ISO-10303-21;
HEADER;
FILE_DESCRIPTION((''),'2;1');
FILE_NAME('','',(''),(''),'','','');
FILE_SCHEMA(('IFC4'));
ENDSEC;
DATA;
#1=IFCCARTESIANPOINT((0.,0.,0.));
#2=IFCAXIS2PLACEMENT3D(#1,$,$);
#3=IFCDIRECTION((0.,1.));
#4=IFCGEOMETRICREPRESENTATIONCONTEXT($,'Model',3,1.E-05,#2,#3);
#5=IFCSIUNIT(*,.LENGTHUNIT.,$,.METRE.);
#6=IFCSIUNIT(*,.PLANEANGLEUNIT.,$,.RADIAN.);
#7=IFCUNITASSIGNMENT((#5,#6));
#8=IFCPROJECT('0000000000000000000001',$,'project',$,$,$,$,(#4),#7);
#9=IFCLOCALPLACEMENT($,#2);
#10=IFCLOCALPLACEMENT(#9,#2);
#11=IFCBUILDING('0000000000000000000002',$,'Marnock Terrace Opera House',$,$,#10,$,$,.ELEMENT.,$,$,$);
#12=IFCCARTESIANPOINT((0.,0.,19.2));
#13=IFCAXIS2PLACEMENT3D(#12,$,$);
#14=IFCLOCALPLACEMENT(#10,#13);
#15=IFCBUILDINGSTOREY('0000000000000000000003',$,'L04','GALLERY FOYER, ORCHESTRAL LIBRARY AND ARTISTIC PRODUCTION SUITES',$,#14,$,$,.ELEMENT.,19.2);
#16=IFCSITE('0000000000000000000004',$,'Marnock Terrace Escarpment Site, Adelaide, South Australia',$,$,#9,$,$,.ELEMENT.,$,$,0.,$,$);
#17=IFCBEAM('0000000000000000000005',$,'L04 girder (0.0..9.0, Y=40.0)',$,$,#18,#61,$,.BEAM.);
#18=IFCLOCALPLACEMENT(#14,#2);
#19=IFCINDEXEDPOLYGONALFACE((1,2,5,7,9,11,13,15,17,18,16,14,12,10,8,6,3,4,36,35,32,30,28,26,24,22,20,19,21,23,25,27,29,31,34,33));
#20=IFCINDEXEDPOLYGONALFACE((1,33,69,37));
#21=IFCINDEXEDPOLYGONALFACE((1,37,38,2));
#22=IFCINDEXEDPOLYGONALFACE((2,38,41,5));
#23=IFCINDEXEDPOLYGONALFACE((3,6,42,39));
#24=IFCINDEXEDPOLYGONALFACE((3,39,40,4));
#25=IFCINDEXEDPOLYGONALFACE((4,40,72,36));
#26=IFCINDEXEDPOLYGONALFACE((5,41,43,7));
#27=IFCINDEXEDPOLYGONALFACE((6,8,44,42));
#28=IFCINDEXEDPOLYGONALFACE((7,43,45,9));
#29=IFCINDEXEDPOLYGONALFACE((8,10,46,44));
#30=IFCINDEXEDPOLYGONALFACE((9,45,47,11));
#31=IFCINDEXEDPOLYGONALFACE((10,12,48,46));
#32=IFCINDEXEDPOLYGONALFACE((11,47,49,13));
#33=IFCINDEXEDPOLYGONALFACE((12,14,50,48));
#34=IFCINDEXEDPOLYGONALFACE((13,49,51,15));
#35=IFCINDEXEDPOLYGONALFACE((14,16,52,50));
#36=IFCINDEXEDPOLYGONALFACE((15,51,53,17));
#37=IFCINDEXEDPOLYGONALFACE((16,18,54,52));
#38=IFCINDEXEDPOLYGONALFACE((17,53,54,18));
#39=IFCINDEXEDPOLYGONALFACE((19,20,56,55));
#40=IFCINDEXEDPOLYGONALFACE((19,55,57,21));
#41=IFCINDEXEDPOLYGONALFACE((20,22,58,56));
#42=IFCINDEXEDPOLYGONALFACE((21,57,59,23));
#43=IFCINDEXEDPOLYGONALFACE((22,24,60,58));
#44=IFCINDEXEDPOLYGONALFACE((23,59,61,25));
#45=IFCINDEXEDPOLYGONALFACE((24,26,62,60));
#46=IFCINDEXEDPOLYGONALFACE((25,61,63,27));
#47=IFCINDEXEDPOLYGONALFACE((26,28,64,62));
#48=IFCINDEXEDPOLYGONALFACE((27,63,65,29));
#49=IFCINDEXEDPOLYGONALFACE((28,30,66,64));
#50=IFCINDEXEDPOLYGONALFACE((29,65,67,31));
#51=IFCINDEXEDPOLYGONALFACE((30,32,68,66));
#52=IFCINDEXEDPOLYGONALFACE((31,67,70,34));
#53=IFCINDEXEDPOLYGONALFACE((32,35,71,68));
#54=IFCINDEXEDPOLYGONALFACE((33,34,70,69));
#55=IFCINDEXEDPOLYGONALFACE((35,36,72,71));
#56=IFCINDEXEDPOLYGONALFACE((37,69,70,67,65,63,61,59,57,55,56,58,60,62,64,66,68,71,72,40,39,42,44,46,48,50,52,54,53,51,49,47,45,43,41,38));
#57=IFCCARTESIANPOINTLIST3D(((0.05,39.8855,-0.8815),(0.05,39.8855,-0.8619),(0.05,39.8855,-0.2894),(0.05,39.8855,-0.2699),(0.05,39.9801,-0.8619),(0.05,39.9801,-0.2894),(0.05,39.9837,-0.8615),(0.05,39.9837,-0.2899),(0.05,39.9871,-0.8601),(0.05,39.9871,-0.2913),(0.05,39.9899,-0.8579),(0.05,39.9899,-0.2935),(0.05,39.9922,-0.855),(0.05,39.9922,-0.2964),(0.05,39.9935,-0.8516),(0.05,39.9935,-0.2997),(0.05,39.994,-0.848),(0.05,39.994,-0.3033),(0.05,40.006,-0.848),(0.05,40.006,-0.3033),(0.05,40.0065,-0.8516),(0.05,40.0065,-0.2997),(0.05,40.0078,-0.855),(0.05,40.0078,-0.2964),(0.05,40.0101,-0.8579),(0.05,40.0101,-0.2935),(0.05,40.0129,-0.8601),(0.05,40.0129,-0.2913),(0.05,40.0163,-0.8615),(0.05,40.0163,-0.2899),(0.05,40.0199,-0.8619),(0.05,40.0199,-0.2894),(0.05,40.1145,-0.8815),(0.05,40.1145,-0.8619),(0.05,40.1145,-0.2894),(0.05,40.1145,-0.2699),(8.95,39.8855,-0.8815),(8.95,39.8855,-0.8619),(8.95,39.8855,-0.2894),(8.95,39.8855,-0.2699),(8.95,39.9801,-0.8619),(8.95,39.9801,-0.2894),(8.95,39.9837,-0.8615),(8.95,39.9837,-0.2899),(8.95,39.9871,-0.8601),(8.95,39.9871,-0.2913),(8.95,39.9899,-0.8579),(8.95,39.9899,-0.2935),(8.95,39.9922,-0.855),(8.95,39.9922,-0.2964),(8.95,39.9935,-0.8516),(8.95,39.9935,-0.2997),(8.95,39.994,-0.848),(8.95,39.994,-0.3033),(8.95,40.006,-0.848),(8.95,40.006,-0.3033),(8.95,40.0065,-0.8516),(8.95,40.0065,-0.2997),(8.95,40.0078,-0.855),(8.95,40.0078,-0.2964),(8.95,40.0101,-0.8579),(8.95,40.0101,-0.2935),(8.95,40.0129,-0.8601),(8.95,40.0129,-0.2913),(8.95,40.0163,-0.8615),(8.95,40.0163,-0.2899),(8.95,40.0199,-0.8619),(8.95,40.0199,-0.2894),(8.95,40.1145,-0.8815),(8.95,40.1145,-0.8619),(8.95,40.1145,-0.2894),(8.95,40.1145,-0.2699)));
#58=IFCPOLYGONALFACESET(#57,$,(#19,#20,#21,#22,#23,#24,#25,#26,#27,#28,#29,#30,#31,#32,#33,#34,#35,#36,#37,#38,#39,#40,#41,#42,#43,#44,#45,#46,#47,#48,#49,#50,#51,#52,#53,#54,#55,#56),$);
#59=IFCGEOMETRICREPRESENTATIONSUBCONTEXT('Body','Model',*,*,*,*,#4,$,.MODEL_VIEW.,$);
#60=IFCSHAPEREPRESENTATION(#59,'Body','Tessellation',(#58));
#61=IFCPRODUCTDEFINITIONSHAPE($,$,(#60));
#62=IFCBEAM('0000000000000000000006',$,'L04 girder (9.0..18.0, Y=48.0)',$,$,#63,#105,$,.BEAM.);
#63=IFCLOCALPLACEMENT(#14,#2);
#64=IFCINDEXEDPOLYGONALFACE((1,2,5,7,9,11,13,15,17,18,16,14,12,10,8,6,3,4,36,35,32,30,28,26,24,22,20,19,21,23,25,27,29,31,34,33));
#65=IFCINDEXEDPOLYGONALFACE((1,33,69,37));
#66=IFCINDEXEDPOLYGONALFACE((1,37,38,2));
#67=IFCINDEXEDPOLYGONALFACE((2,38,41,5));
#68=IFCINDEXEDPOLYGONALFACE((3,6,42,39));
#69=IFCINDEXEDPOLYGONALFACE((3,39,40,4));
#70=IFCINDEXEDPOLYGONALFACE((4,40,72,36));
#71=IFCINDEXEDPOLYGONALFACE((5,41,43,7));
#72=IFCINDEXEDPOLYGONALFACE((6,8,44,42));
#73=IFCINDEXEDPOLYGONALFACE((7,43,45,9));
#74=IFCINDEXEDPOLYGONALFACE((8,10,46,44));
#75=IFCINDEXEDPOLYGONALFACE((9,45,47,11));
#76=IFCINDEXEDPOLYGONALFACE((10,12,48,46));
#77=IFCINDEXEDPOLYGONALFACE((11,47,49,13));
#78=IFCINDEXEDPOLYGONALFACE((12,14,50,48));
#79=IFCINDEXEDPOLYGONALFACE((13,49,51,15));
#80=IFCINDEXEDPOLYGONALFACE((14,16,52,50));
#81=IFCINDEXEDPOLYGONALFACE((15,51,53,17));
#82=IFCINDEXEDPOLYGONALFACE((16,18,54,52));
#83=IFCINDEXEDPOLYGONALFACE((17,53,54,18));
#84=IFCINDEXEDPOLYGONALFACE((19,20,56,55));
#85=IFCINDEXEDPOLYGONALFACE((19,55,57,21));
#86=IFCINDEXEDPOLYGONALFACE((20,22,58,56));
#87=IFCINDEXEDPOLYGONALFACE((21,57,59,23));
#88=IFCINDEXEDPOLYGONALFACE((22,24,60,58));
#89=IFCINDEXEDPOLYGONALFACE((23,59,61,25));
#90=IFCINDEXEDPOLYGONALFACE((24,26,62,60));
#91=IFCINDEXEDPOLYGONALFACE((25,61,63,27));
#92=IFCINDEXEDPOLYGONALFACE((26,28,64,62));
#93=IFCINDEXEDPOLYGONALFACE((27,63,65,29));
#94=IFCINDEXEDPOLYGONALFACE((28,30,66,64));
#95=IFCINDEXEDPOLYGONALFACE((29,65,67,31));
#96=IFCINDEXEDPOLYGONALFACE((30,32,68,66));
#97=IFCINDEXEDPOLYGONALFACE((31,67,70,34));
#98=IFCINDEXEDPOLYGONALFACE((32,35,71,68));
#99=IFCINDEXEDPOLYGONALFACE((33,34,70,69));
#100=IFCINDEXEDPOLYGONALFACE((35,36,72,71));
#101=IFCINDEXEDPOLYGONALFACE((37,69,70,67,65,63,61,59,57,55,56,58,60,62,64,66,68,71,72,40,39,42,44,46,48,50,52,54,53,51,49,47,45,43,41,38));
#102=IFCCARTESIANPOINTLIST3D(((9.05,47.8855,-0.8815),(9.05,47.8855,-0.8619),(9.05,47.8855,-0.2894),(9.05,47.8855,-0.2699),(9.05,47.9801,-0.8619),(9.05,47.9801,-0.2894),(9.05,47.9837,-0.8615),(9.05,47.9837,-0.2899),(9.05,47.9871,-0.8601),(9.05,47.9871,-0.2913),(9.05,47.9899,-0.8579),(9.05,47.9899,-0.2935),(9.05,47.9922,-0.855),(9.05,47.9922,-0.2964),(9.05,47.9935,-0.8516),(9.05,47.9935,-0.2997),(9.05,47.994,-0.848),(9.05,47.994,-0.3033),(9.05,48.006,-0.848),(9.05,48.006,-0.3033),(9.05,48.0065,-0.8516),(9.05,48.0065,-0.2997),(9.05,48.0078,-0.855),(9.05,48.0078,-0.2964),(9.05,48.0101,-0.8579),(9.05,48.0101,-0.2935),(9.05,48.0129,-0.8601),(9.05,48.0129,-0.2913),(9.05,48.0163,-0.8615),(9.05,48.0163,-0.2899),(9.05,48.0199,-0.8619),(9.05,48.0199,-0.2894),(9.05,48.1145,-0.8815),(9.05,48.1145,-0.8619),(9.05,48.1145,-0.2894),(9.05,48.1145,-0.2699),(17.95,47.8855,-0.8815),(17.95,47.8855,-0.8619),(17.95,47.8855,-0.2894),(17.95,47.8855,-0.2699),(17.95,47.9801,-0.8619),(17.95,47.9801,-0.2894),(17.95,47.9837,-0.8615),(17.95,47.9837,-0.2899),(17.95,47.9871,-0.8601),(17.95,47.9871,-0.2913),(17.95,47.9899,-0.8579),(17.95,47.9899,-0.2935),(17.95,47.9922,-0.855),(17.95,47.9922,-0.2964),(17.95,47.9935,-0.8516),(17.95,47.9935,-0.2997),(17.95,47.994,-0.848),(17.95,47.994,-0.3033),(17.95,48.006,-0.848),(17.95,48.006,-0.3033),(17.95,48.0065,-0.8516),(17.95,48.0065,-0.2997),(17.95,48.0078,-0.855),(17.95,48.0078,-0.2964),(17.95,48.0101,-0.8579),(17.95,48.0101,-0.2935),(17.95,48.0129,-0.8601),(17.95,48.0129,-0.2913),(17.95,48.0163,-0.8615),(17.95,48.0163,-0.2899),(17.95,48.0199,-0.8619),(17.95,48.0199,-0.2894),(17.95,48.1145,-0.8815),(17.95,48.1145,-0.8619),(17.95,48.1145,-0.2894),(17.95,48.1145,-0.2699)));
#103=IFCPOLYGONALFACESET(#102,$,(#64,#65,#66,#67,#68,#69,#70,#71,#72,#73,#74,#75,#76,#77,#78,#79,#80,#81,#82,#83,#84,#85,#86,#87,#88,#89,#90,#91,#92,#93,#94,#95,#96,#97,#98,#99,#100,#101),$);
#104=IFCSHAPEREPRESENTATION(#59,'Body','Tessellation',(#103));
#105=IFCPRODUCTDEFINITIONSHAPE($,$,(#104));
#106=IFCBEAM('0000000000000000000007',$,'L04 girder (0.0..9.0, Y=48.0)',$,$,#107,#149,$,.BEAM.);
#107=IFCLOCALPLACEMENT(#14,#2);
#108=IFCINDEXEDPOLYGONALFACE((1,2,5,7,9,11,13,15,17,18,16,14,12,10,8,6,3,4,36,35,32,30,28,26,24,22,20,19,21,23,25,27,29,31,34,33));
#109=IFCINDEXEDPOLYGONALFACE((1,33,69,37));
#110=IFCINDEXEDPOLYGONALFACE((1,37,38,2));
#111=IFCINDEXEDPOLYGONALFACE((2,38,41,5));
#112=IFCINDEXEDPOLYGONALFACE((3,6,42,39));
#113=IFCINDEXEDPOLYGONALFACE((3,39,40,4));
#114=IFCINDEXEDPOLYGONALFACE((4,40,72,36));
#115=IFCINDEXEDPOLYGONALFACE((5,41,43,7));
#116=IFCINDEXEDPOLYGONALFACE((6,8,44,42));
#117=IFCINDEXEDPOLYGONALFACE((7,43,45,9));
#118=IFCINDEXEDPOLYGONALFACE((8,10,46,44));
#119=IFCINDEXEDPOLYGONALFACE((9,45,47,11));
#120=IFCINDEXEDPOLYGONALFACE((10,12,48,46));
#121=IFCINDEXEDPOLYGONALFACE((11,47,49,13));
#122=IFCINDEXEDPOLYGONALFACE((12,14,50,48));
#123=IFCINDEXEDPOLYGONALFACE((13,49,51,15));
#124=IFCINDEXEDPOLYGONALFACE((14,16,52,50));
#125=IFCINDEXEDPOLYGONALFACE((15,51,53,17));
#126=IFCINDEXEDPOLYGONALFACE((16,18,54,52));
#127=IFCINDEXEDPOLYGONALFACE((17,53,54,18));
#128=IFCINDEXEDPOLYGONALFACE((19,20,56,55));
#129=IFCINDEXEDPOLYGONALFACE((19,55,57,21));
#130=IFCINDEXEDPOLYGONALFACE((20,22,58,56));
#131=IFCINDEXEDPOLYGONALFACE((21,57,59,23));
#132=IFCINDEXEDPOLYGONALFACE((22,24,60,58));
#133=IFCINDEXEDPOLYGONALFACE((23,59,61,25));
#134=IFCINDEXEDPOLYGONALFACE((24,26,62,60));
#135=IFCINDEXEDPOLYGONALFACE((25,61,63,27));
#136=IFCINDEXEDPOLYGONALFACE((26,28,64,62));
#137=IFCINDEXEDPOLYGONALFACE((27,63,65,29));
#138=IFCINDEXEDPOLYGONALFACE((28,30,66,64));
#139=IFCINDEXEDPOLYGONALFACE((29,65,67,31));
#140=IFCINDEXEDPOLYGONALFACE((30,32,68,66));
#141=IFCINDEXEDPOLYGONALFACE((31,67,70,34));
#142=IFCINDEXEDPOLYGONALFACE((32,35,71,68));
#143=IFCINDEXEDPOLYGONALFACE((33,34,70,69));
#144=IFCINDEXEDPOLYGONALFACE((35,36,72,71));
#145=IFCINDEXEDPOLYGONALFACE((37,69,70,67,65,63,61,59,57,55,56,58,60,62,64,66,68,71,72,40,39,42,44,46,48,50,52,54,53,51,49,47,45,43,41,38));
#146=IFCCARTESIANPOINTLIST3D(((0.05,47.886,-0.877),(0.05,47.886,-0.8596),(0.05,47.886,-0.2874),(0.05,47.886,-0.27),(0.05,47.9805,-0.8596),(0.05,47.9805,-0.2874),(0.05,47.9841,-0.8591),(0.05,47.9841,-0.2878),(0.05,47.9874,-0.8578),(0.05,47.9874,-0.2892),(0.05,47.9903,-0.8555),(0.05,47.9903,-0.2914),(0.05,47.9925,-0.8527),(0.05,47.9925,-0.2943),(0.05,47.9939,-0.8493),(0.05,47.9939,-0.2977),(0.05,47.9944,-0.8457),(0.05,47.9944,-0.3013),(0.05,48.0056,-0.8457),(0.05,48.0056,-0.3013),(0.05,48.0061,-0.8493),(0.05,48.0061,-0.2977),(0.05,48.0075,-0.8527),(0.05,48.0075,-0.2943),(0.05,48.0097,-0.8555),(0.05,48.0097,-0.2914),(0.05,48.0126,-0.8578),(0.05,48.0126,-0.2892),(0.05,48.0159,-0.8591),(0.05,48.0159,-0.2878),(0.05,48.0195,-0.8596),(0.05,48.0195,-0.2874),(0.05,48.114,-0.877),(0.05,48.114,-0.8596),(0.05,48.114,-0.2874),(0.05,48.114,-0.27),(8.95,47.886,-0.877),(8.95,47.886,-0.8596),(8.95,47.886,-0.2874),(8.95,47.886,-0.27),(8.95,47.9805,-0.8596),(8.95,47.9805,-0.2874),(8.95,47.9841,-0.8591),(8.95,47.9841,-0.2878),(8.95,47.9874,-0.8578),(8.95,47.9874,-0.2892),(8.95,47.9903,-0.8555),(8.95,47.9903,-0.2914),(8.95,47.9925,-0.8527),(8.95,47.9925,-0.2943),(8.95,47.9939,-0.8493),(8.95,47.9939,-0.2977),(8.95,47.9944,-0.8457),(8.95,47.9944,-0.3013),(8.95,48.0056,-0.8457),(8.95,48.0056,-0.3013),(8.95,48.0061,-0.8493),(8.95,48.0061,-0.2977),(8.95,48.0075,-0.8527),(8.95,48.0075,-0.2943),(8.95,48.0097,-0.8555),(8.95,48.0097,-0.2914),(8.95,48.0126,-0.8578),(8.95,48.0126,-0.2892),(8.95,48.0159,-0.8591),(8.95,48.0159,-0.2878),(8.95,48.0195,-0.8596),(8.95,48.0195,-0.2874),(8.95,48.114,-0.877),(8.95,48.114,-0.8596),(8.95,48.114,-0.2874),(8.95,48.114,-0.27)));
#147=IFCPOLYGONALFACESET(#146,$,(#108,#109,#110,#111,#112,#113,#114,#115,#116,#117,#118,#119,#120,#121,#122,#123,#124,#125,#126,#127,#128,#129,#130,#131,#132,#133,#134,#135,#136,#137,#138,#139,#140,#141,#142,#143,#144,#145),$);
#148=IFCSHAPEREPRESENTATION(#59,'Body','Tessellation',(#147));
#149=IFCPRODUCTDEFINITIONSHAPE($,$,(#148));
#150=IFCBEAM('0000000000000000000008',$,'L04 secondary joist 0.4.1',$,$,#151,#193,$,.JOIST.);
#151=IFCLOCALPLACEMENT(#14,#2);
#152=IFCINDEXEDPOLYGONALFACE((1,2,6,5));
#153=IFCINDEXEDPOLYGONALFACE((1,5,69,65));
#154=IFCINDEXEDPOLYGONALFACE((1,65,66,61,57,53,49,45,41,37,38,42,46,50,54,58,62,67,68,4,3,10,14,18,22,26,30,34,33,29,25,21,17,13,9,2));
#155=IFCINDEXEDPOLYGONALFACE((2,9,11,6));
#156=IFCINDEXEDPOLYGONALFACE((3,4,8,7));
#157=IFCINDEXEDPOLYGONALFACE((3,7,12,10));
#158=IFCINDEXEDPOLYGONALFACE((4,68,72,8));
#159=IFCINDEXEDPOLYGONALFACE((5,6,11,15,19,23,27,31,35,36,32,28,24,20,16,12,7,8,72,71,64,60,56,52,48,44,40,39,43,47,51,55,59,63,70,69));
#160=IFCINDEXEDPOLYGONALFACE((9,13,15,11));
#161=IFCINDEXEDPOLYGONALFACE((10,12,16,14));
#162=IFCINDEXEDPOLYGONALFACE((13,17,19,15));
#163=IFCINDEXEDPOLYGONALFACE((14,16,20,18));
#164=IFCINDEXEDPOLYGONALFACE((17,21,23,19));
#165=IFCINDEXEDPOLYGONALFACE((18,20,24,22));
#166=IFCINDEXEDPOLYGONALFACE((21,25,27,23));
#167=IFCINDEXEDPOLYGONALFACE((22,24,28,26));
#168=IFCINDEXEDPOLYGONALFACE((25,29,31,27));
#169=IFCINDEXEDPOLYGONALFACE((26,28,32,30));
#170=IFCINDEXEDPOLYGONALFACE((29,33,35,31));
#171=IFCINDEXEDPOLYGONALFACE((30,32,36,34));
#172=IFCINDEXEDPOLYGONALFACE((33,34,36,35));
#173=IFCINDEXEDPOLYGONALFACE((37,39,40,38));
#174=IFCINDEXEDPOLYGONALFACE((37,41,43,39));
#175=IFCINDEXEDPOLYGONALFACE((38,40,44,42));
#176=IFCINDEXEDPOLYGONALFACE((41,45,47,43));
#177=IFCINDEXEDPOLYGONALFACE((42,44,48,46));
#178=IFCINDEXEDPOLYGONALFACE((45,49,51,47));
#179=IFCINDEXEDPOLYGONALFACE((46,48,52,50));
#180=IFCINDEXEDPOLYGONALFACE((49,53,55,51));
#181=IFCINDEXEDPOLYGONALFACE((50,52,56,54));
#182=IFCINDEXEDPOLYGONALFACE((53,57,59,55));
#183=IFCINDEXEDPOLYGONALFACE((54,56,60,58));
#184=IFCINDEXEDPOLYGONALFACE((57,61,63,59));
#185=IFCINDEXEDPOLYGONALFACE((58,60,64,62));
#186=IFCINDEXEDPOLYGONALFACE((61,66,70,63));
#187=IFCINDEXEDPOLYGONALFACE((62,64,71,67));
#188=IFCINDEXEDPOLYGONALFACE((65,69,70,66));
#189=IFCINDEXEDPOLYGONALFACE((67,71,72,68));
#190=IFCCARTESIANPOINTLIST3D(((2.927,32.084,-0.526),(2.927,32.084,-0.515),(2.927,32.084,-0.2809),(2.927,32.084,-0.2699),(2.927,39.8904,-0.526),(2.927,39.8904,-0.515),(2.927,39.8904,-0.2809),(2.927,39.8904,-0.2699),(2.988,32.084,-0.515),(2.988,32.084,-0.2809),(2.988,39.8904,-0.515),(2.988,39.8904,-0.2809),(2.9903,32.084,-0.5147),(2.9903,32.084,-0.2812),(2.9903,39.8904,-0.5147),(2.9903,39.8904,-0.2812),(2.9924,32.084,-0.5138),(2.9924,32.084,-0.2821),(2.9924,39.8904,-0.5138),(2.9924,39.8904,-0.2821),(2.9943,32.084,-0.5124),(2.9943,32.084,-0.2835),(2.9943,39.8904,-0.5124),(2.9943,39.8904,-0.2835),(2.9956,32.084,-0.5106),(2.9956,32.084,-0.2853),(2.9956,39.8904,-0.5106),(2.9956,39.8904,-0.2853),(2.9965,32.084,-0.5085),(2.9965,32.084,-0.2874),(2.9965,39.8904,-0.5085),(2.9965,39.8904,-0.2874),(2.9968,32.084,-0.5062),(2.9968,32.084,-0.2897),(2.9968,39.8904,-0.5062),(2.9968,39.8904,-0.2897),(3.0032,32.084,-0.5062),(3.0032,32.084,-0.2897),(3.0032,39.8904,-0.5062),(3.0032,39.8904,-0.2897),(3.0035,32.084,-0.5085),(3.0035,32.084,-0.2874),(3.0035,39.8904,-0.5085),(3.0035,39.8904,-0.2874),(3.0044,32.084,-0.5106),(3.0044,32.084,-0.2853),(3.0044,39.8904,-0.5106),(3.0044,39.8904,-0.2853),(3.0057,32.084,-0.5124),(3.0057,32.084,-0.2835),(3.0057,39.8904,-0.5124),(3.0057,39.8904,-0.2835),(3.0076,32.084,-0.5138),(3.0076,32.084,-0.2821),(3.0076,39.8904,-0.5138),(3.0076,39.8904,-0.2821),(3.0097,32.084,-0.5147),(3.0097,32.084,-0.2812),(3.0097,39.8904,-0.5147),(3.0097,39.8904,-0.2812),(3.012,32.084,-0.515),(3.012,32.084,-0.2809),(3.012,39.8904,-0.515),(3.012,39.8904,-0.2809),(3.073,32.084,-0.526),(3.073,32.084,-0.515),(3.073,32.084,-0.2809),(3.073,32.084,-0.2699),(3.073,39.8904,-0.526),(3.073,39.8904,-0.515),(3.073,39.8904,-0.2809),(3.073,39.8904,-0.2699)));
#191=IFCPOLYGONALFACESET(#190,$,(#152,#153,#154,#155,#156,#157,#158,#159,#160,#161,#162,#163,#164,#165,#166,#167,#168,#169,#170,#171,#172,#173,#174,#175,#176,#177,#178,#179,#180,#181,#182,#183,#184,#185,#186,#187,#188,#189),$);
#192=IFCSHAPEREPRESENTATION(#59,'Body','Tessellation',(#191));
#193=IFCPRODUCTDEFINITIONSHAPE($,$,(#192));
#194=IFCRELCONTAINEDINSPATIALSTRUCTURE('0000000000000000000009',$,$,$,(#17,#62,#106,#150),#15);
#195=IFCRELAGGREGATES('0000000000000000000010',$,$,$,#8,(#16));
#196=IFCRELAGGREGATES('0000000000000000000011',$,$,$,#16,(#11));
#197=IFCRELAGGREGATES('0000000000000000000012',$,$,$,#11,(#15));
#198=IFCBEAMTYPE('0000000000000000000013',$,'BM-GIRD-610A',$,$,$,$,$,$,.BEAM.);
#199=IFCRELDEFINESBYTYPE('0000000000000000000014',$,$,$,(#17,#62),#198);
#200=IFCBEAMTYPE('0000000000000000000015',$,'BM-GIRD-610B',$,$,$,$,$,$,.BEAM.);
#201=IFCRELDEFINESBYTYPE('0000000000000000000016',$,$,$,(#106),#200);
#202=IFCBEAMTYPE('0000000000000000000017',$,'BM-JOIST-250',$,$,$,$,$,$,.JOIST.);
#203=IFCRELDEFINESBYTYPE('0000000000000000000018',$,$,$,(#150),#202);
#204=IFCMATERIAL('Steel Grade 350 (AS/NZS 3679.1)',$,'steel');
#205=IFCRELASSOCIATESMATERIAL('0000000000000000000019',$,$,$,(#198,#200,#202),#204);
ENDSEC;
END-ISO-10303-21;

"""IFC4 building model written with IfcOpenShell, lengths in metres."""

from ifc_helpers import new_model, si_unit, direction, frame, origin, origin_2d, place, context, subcontext, project, spatial, i_section, extrude, material, material_profile, profile_set, type_object, element, save


model = new_model("IFC4")

# Units and contexts
model_context = context("Model", 3, precision=1e-05, world=origin(), true_north=direction((0.0, 1.0)))
body_context = subcontext(model_context, "Body", "Model", "MODEL_VIEW")
ifc_project = project(units=[si_unit("LENGTHUNIT", "METRE"), si_unit("PLANEANGLEUNIT", "RADIAN")], contexts=[model_context])

# Site, building, storey
site_placement = place(None, origin())
site = spatial("IfcSite", under=ifc_project, at=site_placement, Name="Marnock Terrace Escarpment Site, Adelaide, South Australia", CompositionType="ELEMENT", RefElevation=0.0)
building_placement = place(site_placement, origin())
building = spatial("IfcBuilding", under=site, at=building_placement, Name="Marnock Terrace Opera House", CompositionType="ELEMENT")
storey_placement = place(building_placement, frame((0.0, 0.0, 19.2)))
storey = spatial("IfcBuildingStorey", under=building, at=storey_placement, Name="L04", Description="GALLERY FOYER, ORCHESTRAL LIBRARY AND ARTISTIC PRODUCTION SUITES", CompositionType="ELEMENT", Elevation=19.2)

# Beams
ifc_material_1 = material(Name="Steel Grade 350 (AS/NZS 3679.1)", Category="steel")
ifc_material_profile_1 = material_profile(ifc_material_1, i_section(OverallWidth=0.229, OverallDepth=0.6116, WebThickness=0.012, FlangeThickness=0.0195, FilletRadius=0.0139, at=origin_2d()))
ifc_profile_set_1 = profile_set([ifc_material_profile_1], Name="Steel Grade 350 (AS/NZS 3679.1)")
beam_type_1 = type_object("IfcBeamType", Name="BM-GIRD-610A", PredefinedType="BEAM", material=ifc_profile_set_1)
for number, where, z_axis, x_axis, name in (
    (1, (0.05, 40.0, -0.5757), (1.0, 0.0, 0.0), (0.0, 1.0, 0.0), "L04 girder (0.0..9.0, Y=40.0)"),
    (2, (9.05, 48.0, -0.5757), (1.0, 0.0, 0.0), (0.0, 1.0, 0.0), "L04 girder (9.0..18.0, Y=48.0)"),
):
    element("IfcBeam", number, at=place(storey_placement, frame(where, z_axis=z_axis, x_axis=x_axis)), inside=storey, type_object=beam_type_1, Name=name, PredefinedType="BEAM", context=body_context, shape_type="SweptSolid", body=[
        extrude(i_section(OverallWidth=0.229, OverallDepth=0.6116, WebThickness=0.012, FlangeThickness=0.0195, FilletRadius=0.0139, at=origin_2d()), origin(), (0.0, 0.0, 1.0), 8.8999),
    ])
ifc_material_profile_2 = material_profile(ifc_material_1, i_section(OverallWidth=0.228, OverallDepth=0.6069, WebThickness=0.0112, FlangeThickness=0.0173, FilletRadius=0.0139, at=origin_2d()))
ifc_profile_set_2 = profile_set([ifc_material_profile_2], Name="Steel Grade 350 (AS/NZS 3679.1)")
beam_type_2 = type_object("IfcBeamType", Name="BM-GIRD-610B", PredefinedType="BEAM", material=ifc_profile_set_2)
beam_1_placement = place(storey_placement, frame((0.05, 48.0, -0.5735), z_axis=(1.0, 0.0, 0.0), x_axis=(0.0, 1.0, 0.0)))
element("IfcBeam", 3, at=beam_1_placement, inside=storey, type_object=beam_type_2, Name="L04 girder (0.0..9.0, Y=48.0)", PredefinedType="BEAM", context=body_context, shape_type="SweptSolid", body=[
    extrude(i_section(OverallWidth=0.228, OverallDepth=0.6069, WebThickness=0.0112, FlangeThickness=0.0173, FilletRadius=0.0139, at=origin_2d()), origin(), (0.0, 0.0, 1.0), 8.8999),
])
ifc_material_profile_3 = material_profile(ifc_material_1, i_section(OverallWidth=0.146, OverallDepth=0.2561, WebThickness=0.0063, FlangeThickness=0.011, FilletRadius=0.0088, at=origin_2d()))
ifc_profile_set_3 = profile_set([ifc_material_profile_3], Name="Steel Grade 350 (AS/NZS 3679.1)")
beam_type_3 = type_object("IfcBeamType", Name="BM-JOIST-250", PredefinedType="JOIST", material=ifc_profile_set_3)
for number, where, z_axis, x_axis, name in (
    (4, (3.0, 32.084, -0.3979), (0.0, 1.0, 0.0), (-1.0, 0.0, 0.0), "L04 secondary joist 0.4.1"),
):
    element("IfcBeam", number, at=place(storey_placement, frame(where, z_axis=z_axis, x_axis=x_axis)), inside=storey, type_object=beam_type_3, Name=name, PredefinedType="JOIST", context=body_context, shape_type="SweptSolid", body=[
        extrude(i_section(OverallWidth=0.146, OverallDepth=0.2561, WebThickness=0.0063, FlangeThickness=0.011, FilletRadius=0.0088, at=origin_2d()), origin(), (0.0, 0.0, 1.0), 7.8064),
    ])

save(model, "model.ifc")
